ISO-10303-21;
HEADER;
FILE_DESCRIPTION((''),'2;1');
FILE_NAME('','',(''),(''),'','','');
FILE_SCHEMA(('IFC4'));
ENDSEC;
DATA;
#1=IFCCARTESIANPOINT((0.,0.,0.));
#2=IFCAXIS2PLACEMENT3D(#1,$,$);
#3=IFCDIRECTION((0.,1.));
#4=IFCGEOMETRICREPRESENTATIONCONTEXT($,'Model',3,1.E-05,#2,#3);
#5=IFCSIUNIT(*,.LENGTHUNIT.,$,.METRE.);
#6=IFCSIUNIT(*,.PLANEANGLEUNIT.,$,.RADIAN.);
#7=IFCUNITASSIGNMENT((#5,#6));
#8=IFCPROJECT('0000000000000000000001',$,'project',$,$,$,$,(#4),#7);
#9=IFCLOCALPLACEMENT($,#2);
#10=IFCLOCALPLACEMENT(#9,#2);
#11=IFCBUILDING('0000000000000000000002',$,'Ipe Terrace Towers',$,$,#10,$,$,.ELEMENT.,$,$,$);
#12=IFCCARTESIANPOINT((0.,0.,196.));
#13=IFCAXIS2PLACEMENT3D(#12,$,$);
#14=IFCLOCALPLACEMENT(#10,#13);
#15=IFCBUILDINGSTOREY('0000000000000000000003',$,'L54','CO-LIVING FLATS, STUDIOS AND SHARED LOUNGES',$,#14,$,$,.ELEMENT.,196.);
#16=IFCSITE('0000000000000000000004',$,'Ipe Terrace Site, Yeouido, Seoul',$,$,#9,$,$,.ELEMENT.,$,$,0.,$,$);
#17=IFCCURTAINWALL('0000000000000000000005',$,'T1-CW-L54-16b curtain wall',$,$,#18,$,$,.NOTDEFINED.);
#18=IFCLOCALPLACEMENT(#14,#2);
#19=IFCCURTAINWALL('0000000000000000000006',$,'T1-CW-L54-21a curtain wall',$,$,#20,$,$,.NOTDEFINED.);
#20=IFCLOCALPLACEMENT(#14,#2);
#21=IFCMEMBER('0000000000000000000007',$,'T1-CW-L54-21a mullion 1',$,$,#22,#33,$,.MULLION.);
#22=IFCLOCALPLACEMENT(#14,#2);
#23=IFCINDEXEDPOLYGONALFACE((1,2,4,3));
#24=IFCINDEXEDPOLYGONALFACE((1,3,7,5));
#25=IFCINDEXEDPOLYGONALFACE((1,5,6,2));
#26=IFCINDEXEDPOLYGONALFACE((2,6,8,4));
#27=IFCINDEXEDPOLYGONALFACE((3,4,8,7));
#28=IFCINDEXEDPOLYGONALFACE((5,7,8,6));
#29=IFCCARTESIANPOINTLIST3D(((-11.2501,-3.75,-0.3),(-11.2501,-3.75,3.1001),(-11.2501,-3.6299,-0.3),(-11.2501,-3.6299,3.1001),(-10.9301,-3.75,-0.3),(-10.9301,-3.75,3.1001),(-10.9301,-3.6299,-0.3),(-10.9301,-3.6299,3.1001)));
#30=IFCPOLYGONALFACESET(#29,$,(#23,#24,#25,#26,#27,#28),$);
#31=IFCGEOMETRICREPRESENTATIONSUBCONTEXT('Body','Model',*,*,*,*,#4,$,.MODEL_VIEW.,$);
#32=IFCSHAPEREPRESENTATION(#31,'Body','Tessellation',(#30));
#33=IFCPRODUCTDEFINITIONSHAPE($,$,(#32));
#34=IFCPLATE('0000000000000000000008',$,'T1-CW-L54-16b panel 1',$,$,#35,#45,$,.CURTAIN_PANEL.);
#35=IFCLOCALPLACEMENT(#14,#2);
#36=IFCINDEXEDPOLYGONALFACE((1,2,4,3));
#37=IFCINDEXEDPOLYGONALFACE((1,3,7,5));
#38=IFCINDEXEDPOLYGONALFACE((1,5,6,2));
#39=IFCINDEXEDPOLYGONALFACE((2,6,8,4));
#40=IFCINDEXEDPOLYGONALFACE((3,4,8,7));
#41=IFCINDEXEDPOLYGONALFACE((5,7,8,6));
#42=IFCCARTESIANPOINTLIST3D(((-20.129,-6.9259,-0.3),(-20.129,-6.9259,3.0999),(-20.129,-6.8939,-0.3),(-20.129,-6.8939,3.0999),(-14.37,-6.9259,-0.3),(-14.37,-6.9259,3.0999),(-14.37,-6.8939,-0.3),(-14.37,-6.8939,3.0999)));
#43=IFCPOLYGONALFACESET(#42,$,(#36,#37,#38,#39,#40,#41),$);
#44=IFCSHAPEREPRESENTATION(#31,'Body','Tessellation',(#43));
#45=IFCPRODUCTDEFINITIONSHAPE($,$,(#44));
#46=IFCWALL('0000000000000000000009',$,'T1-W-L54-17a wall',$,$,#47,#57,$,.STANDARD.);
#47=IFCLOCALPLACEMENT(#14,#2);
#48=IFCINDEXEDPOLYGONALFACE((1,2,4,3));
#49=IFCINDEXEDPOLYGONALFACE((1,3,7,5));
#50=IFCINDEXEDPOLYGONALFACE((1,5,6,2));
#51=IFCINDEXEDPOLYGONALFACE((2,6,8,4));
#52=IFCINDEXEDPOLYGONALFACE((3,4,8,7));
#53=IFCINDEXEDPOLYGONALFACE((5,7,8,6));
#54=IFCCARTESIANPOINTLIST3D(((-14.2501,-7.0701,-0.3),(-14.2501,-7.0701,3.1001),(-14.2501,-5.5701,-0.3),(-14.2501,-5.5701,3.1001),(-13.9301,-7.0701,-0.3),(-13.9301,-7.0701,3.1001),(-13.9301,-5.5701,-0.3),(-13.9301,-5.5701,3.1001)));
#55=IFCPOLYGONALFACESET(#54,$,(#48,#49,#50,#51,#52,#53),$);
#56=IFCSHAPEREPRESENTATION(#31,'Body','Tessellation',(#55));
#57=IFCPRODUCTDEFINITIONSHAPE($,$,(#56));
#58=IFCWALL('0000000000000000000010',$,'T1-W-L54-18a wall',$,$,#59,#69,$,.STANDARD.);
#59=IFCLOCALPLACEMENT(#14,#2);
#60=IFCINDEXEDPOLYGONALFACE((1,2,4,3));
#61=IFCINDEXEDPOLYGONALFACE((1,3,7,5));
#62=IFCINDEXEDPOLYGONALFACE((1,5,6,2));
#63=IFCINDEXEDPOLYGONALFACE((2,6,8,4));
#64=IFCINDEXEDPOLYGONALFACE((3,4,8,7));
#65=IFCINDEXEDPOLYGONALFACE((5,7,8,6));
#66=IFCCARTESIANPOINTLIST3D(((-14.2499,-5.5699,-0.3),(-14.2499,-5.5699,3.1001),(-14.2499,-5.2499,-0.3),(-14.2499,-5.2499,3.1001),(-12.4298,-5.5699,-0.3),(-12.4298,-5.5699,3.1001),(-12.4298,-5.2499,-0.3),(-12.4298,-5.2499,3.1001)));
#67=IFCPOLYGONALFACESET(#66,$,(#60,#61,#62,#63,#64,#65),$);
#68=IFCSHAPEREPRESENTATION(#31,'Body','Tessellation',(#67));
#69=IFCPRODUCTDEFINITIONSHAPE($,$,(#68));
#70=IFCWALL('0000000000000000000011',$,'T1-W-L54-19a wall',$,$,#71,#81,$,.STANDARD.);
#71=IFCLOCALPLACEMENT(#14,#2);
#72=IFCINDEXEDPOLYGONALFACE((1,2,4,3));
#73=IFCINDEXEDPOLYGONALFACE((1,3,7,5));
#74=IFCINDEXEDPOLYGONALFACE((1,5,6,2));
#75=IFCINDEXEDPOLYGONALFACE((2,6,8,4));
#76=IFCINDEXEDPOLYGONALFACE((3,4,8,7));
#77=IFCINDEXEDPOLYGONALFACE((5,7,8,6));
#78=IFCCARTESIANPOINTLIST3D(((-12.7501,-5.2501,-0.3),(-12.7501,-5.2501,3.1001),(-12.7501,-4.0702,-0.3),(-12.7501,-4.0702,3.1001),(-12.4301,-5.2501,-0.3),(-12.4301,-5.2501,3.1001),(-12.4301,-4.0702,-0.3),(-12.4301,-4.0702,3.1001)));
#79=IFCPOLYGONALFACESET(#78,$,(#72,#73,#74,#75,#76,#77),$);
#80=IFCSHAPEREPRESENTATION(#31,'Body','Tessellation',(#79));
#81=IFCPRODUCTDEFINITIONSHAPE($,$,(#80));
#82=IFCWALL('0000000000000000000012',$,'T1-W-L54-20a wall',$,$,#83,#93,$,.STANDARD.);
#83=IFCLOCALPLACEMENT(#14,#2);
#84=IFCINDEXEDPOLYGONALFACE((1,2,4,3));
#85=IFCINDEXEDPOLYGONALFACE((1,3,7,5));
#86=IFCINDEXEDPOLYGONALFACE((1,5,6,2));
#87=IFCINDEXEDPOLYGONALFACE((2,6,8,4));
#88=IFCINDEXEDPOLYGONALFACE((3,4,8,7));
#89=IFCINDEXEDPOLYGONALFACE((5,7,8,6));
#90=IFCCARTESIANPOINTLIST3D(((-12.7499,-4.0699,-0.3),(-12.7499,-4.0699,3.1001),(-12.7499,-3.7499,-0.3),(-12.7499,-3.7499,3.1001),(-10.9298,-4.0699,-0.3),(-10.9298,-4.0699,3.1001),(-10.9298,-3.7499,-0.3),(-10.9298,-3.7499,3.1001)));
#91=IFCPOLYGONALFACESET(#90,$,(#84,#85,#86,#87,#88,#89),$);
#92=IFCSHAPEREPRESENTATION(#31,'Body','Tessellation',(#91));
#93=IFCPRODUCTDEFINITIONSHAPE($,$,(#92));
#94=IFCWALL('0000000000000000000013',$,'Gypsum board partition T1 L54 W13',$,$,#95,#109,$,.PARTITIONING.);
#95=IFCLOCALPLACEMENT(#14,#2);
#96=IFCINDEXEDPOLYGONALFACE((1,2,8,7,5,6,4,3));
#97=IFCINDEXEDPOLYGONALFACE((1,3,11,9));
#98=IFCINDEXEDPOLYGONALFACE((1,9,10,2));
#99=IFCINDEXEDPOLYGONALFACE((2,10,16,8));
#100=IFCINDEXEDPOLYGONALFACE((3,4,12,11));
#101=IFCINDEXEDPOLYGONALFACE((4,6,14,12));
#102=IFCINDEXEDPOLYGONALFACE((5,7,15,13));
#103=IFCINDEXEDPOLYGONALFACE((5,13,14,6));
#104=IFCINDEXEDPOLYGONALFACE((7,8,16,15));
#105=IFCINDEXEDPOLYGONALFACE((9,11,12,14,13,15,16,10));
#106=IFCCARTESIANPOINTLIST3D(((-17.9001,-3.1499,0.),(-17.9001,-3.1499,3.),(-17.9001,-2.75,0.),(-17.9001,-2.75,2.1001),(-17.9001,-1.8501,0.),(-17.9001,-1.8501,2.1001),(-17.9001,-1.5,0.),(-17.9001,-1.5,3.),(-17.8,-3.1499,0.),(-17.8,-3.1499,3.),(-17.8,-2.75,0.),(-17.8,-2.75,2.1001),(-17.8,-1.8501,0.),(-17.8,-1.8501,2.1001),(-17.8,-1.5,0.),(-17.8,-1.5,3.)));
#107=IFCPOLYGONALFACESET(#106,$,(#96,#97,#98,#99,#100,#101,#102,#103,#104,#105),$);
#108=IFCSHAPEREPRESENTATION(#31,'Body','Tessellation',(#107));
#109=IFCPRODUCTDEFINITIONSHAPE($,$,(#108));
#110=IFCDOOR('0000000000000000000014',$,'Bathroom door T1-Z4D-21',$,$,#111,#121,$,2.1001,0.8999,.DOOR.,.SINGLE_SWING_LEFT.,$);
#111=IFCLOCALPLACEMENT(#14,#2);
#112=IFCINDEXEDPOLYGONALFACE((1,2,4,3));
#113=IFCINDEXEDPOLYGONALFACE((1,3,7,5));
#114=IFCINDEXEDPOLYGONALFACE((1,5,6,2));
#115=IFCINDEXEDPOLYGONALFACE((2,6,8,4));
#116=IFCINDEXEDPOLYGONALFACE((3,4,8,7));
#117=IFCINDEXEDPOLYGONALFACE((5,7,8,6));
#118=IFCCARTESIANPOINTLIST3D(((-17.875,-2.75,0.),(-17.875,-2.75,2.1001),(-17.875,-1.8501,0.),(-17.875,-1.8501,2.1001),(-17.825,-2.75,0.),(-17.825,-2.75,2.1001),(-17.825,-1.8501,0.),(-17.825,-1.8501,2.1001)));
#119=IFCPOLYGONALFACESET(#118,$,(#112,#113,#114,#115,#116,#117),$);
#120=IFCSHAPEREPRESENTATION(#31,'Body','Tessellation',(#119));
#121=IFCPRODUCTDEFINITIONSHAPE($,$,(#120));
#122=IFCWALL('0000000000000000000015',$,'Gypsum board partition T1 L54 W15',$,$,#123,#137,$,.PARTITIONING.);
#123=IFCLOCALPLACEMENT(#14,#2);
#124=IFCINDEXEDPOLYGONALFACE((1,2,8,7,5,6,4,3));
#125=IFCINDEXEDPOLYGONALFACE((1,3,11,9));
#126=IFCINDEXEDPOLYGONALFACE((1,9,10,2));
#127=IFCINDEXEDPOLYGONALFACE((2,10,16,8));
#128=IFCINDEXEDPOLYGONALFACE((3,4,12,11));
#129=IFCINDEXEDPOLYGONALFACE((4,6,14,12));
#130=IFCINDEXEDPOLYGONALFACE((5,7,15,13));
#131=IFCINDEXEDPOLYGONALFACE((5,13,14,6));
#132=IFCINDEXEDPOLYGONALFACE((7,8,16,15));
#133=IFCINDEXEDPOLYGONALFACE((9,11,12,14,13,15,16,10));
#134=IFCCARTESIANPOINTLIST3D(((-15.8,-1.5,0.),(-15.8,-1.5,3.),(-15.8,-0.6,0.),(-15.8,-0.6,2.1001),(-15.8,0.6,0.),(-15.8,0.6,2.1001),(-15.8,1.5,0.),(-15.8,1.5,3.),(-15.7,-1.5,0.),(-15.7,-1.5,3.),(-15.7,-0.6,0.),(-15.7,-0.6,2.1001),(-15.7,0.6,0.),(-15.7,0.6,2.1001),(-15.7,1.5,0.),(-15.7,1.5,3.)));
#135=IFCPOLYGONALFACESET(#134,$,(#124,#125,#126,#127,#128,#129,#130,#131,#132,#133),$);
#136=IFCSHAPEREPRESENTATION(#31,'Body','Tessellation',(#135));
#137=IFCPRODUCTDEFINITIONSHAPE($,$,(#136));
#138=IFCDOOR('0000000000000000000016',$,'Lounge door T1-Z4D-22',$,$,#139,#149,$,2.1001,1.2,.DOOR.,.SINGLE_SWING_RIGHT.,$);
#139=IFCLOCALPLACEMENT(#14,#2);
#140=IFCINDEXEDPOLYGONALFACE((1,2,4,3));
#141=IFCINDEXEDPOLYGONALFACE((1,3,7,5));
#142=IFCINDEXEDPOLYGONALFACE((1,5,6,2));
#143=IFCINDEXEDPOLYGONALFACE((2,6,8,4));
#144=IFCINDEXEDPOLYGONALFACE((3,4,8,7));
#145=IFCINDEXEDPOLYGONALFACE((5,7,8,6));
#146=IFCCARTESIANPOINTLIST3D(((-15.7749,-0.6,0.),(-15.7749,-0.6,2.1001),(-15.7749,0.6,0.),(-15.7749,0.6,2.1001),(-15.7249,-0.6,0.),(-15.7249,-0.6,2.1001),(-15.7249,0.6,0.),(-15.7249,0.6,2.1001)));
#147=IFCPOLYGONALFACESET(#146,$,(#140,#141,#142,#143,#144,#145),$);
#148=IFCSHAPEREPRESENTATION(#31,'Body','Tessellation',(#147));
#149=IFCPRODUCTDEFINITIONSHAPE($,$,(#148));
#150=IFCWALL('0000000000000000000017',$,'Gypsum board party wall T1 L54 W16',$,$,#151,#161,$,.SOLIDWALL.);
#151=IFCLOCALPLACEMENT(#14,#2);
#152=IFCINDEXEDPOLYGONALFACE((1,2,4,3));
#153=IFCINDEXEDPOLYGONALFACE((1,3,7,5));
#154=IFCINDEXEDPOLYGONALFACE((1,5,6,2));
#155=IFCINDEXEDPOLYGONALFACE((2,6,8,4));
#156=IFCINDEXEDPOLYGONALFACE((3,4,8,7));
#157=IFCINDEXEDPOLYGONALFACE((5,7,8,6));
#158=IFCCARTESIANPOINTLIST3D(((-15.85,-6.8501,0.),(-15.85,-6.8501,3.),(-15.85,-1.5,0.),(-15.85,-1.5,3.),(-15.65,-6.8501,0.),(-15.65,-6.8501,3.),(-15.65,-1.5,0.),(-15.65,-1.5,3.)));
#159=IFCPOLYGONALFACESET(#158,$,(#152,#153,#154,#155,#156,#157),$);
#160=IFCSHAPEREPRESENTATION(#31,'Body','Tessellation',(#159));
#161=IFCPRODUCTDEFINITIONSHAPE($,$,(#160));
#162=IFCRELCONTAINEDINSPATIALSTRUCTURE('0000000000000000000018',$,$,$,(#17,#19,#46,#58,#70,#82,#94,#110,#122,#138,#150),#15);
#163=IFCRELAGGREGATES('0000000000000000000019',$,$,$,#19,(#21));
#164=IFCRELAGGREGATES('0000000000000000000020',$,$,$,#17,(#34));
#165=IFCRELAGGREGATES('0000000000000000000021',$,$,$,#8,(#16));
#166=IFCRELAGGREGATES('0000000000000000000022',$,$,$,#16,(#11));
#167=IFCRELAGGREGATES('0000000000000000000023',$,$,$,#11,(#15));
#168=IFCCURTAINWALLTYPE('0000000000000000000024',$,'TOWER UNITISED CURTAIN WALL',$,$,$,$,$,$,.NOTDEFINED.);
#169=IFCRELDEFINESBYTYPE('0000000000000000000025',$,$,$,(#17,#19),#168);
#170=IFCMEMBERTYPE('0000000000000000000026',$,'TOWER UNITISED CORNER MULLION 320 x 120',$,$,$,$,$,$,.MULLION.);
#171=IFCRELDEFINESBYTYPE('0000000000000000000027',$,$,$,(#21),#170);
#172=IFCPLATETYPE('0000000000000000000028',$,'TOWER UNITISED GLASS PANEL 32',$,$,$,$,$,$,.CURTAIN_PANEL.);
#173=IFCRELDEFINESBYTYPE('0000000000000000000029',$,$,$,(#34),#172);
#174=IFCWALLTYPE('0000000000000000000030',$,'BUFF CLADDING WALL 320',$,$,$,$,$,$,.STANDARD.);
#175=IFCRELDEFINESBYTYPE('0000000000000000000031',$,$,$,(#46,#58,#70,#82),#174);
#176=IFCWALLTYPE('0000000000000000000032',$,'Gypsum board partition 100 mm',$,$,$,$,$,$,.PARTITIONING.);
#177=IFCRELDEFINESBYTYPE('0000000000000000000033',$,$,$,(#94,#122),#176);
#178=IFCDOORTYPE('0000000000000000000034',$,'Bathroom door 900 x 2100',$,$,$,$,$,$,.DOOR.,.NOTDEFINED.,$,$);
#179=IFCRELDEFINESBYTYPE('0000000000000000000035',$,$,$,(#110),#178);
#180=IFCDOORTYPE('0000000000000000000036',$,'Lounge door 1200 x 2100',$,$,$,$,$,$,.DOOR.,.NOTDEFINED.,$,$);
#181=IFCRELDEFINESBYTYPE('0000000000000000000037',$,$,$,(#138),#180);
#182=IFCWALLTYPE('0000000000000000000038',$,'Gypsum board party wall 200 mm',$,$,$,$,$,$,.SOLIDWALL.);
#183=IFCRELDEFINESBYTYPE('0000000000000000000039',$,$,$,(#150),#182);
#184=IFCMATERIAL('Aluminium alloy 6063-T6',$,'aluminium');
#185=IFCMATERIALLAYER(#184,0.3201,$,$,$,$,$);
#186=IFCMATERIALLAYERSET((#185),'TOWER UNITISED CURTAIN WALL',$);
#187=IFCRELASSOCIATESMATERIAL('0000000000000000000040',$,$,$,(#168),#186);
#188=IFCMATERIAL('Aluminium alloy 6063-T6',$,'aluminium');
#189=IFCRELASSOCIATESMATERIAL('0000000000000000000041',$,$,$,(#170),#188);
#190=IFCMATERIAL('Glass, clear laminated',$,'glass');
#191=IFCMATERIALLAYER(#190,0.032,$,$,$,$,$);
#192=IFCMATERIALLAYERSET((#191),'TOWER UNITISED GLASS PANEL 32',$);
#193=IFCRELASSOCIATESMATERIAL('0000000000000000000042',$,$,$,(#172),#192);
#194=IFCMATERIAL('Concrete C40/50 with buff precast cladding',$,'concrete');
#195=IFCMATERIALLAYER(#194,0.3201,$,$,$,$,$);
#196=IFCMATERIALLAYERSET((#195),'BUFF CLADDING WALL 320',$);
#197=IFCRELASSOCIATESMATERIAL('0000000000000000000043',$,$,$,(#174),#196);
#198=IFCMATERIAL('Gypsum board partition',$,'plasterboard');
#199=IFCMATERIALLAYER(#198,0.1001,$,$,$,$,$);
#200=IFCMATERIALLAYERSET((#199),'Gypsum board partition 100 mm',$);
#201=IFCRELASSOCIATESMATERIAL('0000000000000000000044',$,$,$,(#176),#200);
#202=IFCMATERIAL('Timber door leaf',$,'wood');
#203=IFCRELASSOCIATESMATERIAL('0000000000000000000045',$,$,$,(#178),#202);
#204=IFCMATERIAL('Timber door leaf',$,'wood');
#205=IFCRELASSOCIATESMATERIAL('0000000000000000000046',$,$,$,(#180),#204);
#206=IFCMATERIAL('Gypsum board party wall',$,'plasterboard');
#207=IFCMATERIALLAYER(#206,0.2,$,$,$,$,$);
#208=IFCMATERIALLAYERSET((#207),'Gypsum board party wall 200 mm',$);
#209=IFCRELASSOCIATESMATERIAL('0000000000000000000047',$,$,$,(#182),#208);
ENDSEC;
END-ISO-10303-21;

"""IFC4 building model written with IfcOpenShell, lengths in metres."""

from ifc_helpers import new_model, si_unit, direction, frame, frame_2d, origin, origin_2d, place, context, subcontext, project, spatial, rectangle, extrude, material, layer, layer_set, material_profile, profile_set, type_object, element, fill, aggregate, save


model = new_model("IFC4")

# Units and contexts
model_context = context("Model", 3, precision=1e-05, world=origin(), true_north=direction((0.0, 1.0)))
body_context = subcontext(model_context, "Body", "Model", "MODEL_VIEW")
ifc_project = project(units=[si_unit("LENGTHUNIT", "METRE"), si_unit("PLANEANGLEUNIT", "RADIAN")], contexts=[model_context])

# Site, building, storey
site_placement = place(None, origin())
site = spatial("IfcSite", under=ifc_project, at=site_placement, Name="Ipe Terrace Site, Yeouido, Seoul", CompositionType="ELEMENT", RefElevation=0.0)
building_placement = place(site_placement, origin())
building = spatial("IfcBuilding", under=site, at=building_placement, Name="Ipe Terrace Towers", CompositionType="ELEMENT")
storey_placement = place(building_placement, frame((0.0, 0.0, 196.0)))
storey = spatial("IfcBuildingStorey", under=building, at=storey_placement, Name="L54", Description="CO-LIVING FLATS, STUDIOS AND SHARED LOUNGES", CompositionType="ELEMENT", Elevation=196.0)

# Curtain wall
ifc_material_1 = material(Name="Aluminium alloy 6063-T6", Category="aluminium")
ifc_layer_1 = layer(ifc_material_1, 0.3201)
ifc_layer_set_1 = layer_set([ifc_layer_1], Name="TOWER UNITISED CURTAIN WALL")
curtain_wall_type = type_object("IfcCurtainWallType", Name="TOWER UNITISED CURTAIN WALL", PredefinedType="NOTDEFINED", material=ifc_layer_set_1)
curtain_wall_1_placement = place(storey_placement, origin())
curtain_wall_1 = element("IfcCurtainWall", 1, at=curtain_wall_1_placement, inside=storey, type_object=curtain_wall_type, Name="T1-CW-L54-16b curtain wall", PredefinedType="NOTDEFINED")
ifc_material_2 = material(Name="Aluminium alloy 6063-T6", Category="aluminium")
ifc_material_profile_1 = material_profile(ifc_material_2, rectangle(XDim=0.3201, YDim=0.1201, at=origin_2d()), Name="TOWER UNITISED CORNER MULLION 320 x 120")
ifc_profile_set_1 = profile_set([ifc_material_profile_1], Name="Aluminium alloy 6063-T6")
member_type = type_object("IfcMemberType", Name="TOWER UNITISED CORNER MULLION 320 x 120", PredefinedType="MULLION", material=ifc_profile_set_1)

# Curtain wall, member
curtain_wall_2_placement = place(storey_placement, origin())
curtain_wall_2 = element("IfcCurtainWall", 2, at=curtain_wall_2_placement, inside=storey, type_object=curtain_wall_type, Name="T1-CW-L54-21a curtain wall", PredefinedType="NOTDEFINED")
member_1_placement = place(storey_placement, frame((-11.0901, -3.6899, -0.3), z_axis=(0.0, 0.0, 1.0), x_axis=(1.0, 0.0, 0.0)))
member_1 = element("IfcMember", 3, at=member_1_placement, type_object=member_type, Name="T1-CW-L54-21a mullion 1", PredefinedType="MULLION", context=body_context, shape_type="SweptSolid", body=[
    extrude(rectangle(XDim=0.3201, YDim=0.1201, at=origin_2d()), origin(), (0.0, 0.0, 1.0), 3.4001),
])
aggregate(curtain_wall_2, [member_1])

# Plate
ifc_material_3 = material(Name="Glass, clear laminated", Category="glass")
ifc_layer_2 = layer(ifc_material_3, 0.032)
ifc_layer_set_2 = layer_set([ifc_layer_2], Name="TOWER UNITISED GLASS PANEL 32")
plate_type = type_object("IfcPlateType", Name="TOWER UNITISED GLASS PANEL 32", PredefinedType="CURTAIN_PANEL", material=ifc_layer_set_2)
plate_placement = place(storey_placement, frame((-17.2495, -6.9099, -0.3), z_axis=(0.0, 0.0, 1.0), x_axis=(1.0, 0.0, 0.0)))
plate = element("IfcPlate", 4, at=plate_placement, type_object=plate_type, Name="T1-CW-L54-16b panel 1", PredefinedType="CURTAIN_PANEL", context=body_context, shape_type="SweptSolid", body=[
    extrude(rectangle(XDim=5.759, YDim=0.032, at=origin_2d()), origin(), (0.0, 0.0, 1.0), 3.3999),
])
aggregate(curtain_wall_1, [plate])

# Walls
ifc_material_4 = material(Name="Concrete C40/50 with buff precast cladding", Category="concrete")
ifc_layer_3 = layer(ifc_material_4, 0.3201)
ifc_layer_set_3 = layer_set([ifc_layer_3], Name="BUFF CLADDING WALL 320")
wall_type_1 = type_object("IfcWallType", Name="BUFF CLADDING WALL 320", PredefinedType="STANDARD", material=ifc_layer_set_3)
wall_1_placement = place(storey_placement, frame((-14.0901, -7.0701, -0.3), z_axis=(0.0, 0.0, 1.0), x_axis=(0.0, 1.0, 0.0)))
element("IfcWall", 5, at=wall_1_placement, inside=storey, type_object=wall_type_1, Name="T1-W-L54-17a wall", PredefinedType="STANDARD", context=body_context, shape_type="SweptSolid", body=[
    extrude(rectangle(XDim=1.5, YDim=0.3201, at=frame_2d((0.75, 0.0))), origin(), (0.0, 0.0, 1.0), 3.4001),
])
wall_2_placement = place(storey_placement, frame((-14.25, -5.4099, -0.3), z_axis=(0.0, 0.0, 1.0), x_axis=(1.0, 0.0, 0.0)))
element("IfcWall", 6, at=wall_2_placement, inside=storey, type_object=wall_type_1, Name="T1-W-L54-18a wall", PredefinedType="STANDARD", context=body_context, shape_type="SweptSolid", body=[
    extrude(rectangle(XDim=1.8201, YDim=0.3201, at=frame_2d((0.9102, 0.0))), origin(), (0.0, 0.0, 1.0), 3.4001),
])
wall_3_placement = place(storey_placement, frame((-12.5901, -5.25, -0.3), z_axis=(0.0, 0.0, 1.0), x_axis=(0.0, 1.0, 0.0)))
element("IfcWall", 7, at=wall_3_placement, inside=storey, type_object=wall_type_1, Name="T1-W-L54-19a wall", PredefinedType="STANDARD", context=body_context, shape_type="SweptSolid", body=[
    extrude(rectangle(XDim=1.1799, YDim=0.3201, at=frame_2d((0.5898, 0.0))), origin(), (0.0, 0.0, 1.0), 3.4001),
])
wall_4_placement = place(storey_placement, frame((-12.75, -3.9099, -0.3), z_axis=(0.0, 0.0, 1.0), x_axis=(1.0, 0.0, 0.0)))
element("IfcWall", 8, at=wall_4_placement, inside=storey, type_object=wall_type_1, Name="T1-W-L54-20a wall", PredefinedType="STANDARD", context=body_context, shape_type="SweptSolid", body=[
    extrude(rectangle(XDim=1.8201, YDim=0.3201, at=frame_2d((0.9102, 0.0))), origin(), (0.0, 0.0, 1.0), 3.4001),
])

# Walls, openings, doors
ifc_material_5 = material(Name="Gypsum board partition", Category="plasterboard")
ifc_layer_4 = layer(ifc_material_5, 0.1001)
ifc_layer_set_4 = layer_set([ifc_layer_4], Name="Gypsum board partition 100 mm")
wall_type_2 = type_object("IfcWallType", Name="Gypsum board partition 100 mm", PredefinedType="PARTITIONING", material=ifc_layer_set_4)
wall_5_placement = place(storey_placement, frame((-17.8501, -3.1499, 0.0), z_axis=(0.0, 0.0, 1.0), x_axis=(0.0, 1.0, 0.0)))
wall_5 = element("IfcWall", 9, at=wall_5_placement, inside=storey, type_object=wall_type_2, Name="Gypsum board partition T1 L54 W13", PredefinedType="PARTITIONING", context=body_context, shape_type="SweptSolid", body=[
    extrude(rectangle(XDim=1.6499, YDim=0.1001, at=frame_2d((0.825, 0.0))), origin(), (0.0, 0.0, 1.0), 3.0),
])
opening_1_placement = place(wall_5_placement, frame((0.3999, 0.0, 0.0)))
opening_1 = element("IfcOpeningElement", 10, at=opening_1_placement, cuts=wall_5, PredefinedType="OPENING", context=body_context, shape_type="SweptSolid", body=[
    extrude(rectangle(XDim=0.8999, YDim=2.1001, at=frame_2d((0.45, 1.05))), frame((0.0, 0.0601, 0.0), z_axis=(0.0, -1.0, 0.0), x_axis=(1.0, 0.0, 0.0)), (0.0, 0.0, 1.0), 0.1201),
])
ifc_material_6 = material(Name="Timber door leaf", Category="wood")
door_type_1 = type_object("IfcDoorType", Name="Bathroom door 900 x 2100", OperationType="NOTDEFINED", PredefinedType="DOOR", material=ifc_material_6)
door_1_placement = place(opening_1_placement, origin())
door_1 = element("IfcDoor", 11, at=door_1_placement, inside=storey, type_object=door_type_1, Name="Bathroom door T1-Z4D-21", OperationType="SINGLE_SWING_LEFT", OverallHeight=2.1001, OverallWidth=0.8999, PredefinedType="DOOR", context=body_context, shape_type="SweptSolid", body=[
    extrude(rectangle(XDim=0.8999, YDim=2.1001, at=frame_2d((0.45, 1.05))), frame((0.0, 0.0249, 0.0), z_axis=(0.0, -1.0, 0.0), x_axis=(1.0, 0.0, 0.0)), (0.0, 0.0, 1.0), 0.05),
])
fill(opening_1, door_1)
wall_6_placement = place(storey_placement, frame((-15.75, -1.5, 0.0), z_axis=(0.0, 0.0, 1.0), x_axis=(0.0, 1.0, 0.0)))
wall_6 = element("IfcWall", 12, at=wall_6_placement, inside=storey, type_object=wall_type_2, Name="Gypsum board partition T1 L54 W15", PredefinedType="PARTITIONING", context=body_context, shape_type="SweptSolid", body=[
    extrude(rectangle(XDim=3.0, YDim=0.1001, at=frame_2d((1.5, 0.0))), origin(), (0.0, 0.0, 1.0), 3.0),
])
opening_2_placement = place(wall_6_placement, frame((0.8999, 0.0, 0.0)))
opening_2 = element("IfcOpeningElement", 13, at=opening_2_placement, cuts=wall_6, PredefinedType="OPENING", context=body_context, shape_type="SweptSolid", body=[
    extrude(rectangle(XDim=1.2, YDim=2.1001, at=frame_2d((0.6001, 1.05))), frame((0.0, 0.0601, 0.0), z_axis=(0.0, -1.0, 0.0), x_axis=(1.0, 0.0, 0.0)), (0.0, 0.0, 1.0), 0.1201),
])
ifc_material_7 = material(Name="Timber door leaf", Category="wood")
door_type_2 = type_object("IfcDoorType", Name="Lounge door 1200 x 2100", OperationType="NOTDEFINED", PredefinedType="DOOR", material=ifc_material_7)
door_2_placement = place(opening_2_placement, origin())
door_2 = element("IfcDoor", 14, at=door_2_placement, inside=storey, type_object=door_type_2, Name="Lounge door T1-Z4D-22", OperationType="SINGLE_SWING_RIGHT", OverallHeight=2.1001, OverallWidth=1.2, PredefinedType="DOOR", context=body_context, shape_type="SweptSolid", body=[
    extrude(rectangle(XDim=1.2, YDim=2.1001, at=frame_2d((0.6001, 1.05))), frame((0.0, 0.0249, 0.0), z_axis=(0.0, -1.0, 0.0), x_axis=(1.0, 0.0, 0.0)), (0.0, 0.0, 1.0), 0.05),
])
fill(opening_2, door_2)

# Wall
ifc_material_8 = material(Name="Gypsum board party wall", Category="plasterboard")
ifc_layer_5 = layer(ifc_material_8, 0.2)
ifc_layer_set_5 = layer_set([ifc_layer_5], Name="Gypsum board party wall 200 mm")
wall_type_3 = type_object("IfcWallType", Name="Gypsum board party wall 200 mm", PredefinedType="SOLIDWALL", material=ifc_layer_set_5)
wall_7_placement = place(storey_placement, frame((-15.75, -6.8501, 0.0), z_axis=(0.0, 0.0, 1.0), x_axis=(0.0, 1.0, 0.0)))
element("IfcWall", 15, at=wall_7_placement, inside=storey, type_object=wall_type_3, Name="Gypsum board party wall T1 L54 W16", PredefinedType="SOLIDWALL", context=body_context, shape_type="SweptSolid", body=[
    extrude(rectangle(XDim=5.3501, YDim=0.2, at=frame_2d((2.675, 0.0))), origin(), (0.0, 0.0, 1.0), 3.0),
])

save(model, "model.ifc")
